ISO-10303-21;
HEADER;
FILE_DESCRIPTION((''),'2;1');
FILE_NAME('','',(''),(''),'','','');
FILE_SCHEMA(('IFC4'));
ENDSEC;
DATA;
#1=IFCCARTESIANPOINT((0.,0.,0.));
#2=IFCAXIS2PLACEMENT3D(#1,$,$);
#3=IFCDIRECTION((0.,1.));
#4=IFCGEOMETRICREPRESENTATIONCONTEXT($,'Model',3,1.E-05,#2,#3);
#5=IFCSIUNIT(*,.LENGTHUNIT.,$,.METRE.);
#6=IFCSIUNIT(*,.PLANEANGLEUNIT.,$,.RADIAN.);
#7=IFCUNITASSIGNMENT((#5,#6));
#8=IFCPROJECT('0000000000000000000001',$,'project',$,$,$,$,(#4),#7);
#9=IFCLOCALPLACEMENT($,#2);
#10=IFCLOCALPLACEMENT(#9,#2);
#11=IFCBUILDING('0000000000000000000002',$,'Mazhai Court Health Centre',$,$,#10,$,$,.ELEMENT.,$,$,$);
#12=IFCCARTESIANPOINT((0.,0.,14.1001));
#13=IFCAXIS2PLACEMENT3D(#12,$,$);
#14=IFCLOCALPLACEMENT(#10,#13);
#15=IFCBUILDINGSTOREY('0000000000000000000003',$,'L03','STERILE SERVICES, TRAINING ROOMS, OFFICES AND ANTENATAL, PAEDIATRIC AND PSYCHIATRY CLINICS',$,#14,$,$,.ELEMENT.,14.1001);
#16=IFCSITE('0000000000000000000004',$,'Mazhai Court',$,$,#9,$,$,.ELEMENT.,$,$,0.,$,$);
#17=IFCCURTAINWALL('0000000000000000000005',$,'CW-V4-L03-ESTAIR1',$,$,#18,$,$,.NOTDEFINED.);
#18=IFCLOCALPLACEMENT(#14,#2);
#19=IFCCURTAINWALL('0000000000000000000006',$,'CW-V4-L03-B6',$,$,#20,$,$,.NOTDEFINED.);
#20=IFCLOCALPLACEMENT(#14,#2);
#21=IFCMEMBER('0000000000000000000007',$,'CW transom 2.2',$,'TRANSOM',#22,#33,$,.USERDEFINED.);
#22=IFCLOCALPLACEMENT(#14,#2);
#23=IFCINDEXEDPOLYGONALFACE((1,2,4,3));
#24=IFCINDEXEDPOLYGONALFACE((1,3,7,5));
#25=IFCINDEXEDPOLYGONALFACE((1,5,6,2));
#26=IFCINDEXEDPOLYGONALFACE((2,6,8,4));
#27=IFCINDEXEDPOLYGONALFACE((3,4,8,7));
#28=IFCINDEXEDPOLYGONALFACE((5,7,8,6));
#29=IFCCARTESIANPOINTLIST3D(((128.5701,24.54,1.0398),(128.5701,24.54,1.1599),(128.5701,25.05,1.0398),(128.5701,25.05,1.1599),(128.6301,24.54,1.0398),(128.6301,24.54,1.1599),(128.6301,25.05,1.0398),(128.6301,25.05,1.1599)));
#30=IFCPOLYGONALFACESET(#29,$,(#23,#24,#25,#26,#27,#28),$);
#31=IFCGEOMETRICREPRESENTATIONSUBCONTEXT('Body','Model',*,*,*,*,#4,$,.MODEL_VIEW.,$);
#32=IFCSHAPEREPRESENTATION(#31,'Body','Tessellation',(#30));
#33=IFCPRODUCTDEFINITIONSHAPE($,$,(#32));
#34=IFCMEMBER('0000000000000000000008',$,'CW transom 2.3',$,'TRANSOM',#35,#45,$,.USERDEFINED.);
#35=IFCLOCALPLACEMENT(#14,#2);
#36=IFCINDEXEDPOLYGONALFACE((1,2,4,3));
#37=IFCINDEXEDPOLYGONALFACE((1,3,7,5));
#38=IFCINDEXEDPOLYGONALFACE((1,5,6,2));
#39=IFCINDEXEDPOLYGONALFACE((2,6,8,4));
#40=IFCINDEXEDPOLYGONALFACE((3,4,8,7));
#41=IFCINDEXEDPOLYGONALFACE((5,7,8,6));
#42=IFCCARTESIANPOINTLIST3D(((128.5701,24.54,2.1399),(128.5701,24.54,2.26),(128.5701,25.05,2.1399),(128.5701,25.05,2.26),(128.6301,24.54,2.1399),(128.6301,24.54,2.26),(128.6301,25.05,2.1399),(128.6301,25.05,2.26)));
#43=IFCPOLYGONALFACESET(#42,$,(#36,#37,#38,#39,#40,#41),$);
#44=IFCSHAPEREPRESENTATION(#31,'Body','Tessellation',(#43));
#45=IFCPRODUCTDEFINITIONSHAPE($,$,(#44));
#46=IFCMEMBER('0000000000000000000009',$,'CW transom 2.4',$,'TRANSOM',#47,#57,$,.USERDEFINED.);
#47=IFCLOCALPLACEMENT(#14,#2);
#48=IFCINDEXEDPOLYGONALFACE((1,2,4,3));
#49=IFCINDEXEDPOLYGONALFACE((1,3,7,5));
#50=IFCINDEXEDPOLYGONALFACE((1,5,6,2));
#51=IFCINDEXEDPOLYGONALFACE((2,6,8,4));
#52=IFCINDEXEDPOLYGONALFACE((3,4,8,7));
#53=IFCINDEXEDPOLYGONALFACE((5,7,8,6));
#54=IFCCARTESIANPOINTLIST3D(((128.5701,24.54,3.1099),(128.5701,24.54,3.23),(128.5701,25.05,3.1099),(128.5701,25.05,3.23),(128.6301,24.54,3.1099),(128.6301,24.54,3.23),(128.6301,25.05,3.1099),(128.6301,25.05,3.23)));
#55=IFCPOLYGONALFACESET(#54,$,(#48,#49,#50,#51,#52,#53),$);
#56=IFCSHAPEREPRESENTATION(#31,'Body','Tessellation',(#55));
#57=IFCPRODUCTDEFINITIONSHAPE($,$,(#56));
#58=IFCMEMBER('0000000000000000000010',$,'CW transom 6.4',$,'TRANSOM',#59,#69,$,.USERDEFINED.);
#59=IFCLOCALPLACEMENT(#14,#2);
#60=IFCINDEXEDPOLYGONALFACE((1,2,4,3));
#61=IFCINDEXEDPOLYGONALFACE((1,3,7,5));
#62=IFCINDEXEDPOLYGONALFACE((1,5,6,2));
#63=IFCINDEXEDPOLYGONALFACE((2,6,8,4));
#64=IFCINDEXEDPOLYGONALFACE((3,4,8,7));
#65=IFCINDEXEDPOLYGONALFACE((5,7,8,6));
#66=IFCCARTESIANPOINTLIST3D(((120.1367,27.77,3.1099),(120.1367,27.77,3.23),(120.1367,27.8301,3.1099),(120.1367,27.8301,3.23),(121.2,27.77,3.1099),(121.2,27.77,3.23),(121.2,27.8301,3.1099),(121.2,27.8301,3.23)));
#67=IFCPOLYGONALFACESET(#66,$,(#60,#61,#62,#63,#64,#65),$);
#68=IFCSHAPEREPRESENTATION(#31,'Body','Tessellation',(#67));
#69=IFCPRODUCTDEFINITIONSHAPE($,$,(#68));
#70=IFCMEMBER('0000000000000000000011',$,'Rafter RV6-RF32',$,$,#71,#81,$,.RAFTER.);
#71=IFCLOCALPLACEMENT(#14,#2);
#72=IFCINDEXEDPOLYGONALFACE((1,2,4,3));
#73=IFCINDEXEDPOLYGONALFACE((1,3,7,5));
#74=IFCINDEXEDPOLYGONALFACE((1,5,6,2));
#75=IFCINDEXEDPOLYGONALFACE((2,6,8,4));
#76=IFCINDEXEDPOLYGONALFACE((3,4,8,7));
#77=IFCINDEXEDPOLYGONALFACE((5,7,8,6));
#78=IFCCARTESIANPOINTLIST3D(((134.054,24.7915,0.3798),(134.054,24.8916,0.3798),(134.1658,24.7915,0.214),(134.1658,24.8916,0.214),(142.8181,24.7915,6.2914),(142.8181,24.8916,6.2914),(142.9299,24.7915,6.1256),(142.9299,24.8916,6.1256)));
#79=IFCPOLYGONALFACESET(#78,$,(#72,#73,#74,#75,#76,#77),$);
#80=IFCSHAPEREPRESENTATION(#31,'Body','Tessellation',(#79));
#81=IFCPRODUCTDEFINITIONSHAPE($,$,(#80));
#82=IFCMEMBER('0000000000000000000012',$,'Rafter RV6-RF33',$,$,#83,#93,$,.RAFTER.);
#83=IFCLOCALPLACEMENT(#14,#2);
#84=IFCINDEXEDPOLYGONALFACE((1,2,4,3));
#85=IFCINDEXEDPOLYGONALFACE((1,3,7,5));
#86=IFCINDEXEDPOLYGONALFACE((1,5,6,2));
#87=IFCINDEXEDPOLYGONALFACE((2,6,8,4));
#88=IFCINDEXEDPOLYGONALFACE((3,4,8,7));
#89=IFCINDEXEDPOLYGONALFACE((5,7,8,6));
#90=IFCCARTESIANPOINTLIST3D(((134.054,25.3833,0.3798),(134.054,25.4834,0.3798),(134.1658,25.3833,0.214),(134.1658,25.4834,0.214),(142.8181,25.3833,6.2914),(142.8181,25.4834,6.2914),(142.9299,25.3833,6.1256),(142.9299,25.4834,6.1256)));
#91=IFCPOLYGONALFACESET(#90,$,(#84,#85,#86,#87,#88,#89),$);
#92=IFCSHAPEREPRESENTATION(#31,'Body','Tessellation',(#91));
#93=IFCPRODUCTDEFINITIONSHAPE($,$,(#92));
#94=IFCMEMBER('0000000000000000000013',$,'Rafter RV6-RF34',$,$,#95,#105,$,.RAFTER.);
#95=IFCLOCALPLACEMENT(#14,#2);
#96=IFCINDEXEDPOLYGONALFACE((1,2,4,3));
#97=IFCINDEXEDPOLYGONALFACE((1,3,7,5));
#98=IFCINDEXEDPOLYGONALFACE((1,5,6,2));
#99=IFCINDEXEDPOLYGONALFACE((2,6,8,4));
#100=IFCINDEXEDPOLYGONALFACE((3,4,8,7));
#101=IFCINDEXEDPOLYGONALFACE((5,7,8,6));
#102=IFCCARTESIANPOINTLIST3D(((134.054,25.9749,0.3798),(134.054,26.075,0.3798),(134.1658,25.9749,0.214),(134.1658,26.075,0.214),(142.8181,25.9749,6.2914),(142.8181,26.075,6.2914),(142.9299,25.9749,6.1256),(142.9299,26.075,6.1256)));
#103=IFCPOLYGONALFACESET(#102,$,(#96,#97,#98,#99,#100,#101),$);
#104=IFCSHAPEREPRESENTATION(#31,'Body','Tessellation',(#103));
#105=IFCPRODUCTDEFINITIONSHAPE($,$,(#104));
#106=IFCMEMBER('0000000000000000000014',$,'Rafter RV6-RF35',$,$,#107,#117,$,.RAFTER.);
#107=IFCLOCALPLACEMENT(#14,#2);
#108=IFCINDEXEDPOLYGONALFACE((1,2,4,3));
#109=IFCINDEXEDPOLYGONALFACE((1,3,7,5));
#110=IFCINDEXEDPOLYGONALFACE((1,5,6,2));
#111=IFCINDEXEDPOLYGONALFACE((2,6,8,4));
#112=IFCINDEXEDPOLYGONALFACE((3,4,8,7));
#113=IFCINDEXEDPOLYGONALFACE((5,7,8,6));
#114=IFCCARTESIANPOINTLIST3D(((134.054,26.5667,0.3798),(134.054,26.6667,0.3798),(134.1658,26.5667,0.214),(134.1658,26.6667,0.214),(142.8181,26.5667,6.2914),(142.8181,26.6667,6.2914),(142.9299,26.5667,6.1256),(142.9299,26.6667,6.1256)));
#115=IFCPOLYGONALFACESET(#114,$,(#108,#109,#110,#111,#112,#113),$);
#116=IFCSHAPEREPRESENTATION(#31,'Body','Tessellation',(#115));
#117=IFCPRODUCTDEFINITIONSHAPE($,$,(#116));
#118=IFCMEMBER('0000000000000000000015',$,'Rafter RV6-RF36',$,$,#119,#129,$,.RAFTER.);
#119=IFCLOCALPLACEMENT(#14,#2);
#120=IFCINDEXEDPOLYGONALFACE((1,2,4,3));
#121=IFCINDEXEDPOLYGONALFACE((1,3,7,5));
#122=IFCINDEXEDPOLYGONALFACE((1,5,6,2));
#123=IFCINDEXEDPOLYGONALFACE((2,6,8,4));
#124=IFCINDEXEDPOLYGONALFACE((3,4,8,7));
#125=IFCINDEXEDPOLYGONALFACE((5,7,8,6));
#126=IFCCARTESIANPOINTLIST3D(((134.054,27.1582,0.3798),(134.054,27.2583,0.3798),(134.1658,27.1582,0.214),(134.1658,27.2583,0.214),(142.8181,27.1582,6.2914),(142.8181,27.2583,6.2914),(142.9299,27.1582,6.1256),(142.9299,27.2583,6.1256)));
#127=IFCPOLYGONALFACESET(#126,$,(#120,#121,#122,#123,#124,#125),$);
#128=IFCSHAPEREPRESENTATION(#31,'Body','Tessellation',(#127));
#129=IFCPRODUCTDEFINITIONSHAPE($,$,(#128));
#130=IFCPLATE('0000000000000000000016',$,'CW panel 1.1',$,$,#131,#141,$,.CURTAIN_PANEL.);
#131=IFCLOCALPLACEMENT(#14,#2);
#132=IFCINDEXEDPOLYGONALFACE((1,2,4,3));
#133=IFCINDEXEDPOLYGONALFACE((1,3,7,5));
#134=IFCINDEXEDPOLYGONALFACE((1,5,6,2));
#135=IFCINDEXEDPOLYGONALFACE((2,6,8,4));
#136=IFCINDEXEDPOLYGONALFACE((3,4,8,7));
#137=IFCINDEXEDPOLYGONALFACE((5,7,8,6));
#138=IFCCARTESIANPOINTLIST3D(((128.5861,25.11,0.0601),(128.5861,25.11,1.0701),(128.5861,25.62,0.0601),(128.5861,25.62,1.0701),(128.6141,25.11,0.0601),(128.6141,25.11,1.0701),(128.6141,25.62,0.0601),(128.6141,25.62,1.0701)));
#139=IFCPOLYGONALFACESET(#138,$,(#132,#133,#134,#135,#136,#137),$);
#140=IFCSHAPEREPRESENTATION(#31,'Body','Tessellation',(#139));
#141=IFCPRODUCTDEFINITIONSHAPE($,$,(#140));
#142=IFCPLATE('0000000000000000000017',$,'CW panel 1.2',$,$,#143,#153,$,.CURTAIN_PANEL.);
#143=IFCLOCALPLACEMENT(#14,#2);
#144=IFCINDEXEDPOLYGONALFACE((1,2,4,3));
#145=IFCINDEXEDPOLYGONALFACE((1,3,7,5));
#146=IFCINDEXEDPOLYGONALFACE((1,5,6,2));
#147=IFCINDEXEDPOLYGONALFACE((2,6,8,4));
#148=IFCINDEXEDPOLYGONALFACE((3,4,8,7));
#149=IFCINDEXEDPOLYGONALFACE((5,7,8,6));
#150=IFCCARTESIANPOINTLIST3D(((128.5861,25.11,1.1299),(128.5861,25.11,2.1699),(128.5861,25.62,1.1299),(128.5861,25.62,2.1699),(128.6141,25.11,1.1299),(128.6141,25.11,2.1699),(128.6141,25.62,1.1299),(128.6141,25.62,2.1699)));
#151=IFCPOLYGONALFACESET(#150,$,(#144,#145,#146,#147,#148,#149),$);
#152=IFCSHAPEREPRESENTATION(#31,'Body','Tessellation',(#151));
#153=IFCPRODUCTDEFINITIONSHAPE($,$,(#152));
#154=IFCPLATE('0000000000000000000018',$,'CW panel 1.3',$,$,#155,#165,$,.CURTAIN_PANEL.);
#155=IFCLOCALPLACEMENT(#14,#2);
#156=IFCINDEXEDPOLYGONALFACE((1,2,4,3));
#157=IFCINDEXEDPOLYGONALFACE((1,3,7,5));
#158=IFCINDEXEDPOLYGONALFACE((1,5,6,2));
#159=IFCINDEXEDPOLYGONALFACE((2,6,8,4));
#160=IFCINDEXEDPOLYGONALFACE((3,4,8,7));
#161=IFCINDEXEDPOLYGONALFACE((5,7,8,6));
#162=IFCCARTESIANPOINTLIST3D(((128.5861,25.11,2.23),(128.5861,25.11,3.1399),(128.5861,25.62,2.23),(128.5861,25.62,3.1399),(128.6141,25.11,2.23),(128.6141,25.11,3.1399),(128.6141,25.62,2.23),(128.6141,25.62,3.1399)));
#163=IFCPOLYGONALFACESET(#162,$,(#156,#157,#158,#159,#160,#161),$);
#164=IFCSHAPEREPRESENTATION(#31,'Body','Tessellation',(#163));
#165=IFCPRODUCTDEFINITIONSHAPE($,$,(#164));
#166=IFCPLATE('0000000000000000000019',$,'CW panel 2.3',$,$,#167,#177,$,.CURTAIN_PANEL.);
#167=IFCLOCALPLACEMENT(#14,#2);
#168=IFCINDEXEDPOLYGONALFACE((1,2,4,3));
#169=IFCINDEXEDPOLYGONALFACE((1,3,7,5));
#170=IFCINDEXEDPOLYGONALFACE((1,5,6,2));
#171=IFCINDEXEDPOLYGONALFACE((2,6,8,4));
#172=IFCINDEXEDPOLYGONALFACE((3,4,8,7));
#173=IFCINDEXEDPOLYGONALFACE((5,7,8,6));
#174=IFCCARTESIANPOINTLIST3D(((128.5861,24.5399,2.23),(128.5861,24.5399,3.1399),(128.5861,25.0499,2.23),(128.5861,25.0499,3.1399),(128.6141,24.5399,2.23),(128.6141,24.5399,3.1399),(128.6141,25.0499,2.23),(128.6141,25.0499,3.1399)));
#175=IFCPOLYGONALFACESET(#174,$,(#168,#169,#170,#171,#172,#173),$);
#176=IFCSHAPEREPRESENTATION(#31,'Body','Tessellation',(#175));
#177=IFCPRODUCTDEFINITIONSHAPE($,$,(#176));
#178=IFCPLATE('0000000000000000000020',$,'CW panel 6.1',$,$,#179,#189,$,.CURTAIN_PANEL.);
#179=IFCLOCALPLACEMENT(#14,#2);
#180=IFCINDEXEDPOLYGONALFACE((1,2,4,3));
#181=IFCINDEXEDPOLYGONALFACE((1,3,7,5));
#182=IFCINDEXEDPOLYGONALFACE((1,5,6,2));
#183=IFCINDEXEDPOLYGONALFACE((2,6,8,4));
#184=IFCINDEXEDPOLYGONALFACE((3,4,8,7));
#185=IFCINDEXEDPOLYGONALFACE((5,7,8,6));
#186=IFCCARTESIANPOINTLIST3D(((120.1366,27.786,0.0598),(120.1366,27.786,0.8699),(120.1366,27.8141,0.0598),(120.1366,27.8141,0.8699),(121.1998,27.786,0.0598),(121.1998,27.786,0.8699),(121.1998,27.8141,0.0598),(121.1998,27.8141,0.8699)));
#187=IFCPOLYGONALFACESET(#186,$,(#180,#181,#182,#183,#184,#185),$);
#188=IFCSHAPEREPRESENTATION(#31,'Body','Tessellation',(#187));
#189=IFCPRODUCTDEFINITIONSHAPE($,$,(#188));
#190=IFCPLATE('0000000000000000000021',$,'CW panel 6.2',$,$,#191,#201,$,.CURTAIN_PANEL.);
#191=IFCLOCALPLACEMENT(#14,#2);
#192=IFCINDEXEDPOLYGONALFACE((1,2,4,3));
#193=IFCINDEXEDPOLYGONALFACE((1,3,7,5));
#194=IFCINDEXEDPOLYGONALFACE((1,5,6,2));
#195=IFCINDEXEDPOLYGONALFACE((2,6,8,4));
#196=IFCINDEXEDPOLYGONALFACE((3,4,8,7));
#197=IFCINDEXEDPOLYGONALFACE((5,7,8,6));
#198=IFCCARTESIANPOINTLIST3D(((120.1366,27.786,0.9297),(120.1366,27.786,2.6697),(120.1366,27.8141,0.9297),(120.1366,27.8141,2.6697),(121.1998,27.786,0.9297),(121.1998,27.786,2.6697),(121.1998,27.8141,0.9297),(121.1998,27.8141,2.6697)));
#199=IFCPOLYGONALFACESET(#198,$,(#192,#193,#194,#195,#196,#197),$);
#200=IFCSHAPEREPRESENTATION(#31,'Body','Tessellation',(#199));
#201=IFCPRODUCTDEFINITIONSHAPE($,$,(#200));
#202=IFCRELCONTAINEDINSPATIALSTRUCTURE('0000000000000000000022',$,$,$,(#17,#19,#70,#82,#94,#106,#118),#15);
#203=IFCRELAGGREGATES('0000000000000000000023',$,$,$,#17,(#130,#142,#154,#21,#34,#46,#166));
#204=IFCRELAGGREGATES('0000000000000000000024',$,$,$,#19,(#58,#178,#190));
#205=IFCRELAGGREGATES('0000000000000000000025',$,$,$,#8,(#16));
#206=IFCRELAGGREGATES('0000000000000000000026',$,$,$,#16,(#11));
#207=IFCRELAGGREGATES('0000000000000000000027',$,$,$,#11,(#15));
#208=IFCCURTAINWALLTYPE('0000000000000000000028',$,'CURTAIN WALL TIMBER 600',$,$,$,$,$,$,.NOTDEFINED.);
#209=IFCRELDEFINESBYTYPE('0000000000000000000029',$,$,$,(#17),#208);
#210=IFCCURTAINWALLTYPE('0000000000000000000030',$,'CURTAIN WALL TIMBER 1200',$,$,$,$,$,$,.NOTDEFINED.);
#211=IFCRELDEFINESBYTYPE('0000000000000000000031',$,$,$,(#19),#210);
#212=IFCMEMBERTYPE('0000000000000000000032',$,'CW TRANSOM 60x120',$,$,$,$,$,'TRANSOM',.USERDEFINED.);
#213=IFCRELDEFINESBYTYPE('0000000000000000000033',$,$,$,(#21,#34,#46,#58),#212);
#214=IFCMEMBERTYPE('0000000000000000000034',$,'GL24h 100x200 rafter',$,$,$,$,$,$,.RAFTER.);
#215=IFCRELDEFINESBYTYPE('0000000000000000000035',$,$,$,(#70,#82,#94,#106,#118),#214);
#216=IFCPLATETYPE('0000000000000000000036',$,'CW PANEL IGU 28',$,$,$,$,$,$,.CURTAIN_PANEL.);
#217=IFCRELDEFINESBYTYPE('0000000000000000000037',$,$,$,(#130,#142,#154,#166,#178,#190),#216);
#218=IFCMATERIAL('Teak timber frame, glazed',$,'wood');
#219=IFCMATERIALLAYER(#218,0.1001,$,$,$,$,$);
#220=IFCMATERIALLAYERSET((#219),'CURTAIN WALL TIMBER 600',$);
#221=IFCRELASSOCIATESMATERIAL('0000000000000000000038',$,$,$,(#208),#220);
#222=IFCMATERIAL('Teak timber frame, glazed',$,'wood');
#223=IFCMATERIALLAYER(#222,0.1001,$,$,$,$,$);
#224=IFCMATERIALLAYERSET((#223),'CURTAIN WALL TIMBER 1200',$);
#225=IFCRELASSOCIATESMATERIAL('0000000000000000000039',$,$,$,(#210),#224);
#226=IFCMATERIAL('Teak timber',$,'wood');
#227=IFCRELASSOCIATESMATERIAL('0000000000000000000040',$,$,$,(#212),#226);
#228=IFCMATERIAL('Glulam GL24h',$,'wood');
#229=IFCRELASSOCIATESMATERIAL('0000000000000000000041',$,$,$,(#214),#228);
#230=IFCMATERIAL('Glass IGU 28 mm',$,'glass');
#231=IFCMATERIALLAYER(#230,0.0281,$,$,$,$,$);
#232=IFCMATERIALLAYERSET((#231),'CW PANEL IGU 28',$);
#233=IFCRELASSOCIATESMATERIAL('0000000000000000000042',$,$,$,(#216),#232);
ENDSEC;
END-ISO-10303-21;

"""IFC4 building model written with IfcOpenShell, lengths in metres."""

from ifc_helpers import new_model, si_unit, direction, frame, origin, origin_2d, place, context, subcontext, project, spatial, rectangle, extrude, material, layer, layer_set, material_profile, profile_set, type_object, element, aggregate, save


model = new_model("IFC4")

# Units and contexts
model_context = context("Model", 3, precision=1e-05, world=origin(), true_north=direction((0.0, 1.0)))
body_context = subcontext(model_context, "Body", "Model", "MODEL_VIEW")
ifc_project = project(units=[si_unit("LENGTHUNIT", "METRE"), si_unit("PLANEANGLEUNIT", "RADIAN")], contexts=[model_context])

# Site, building, storey
site_placement = place(None, origin())
site = spatial("IfcSite", under=ifc_project, at=site_placement, Name="Mazhai Court", CompositionType="ELEMENT", RefElevation=0.0)
building_placement = place(site_placement, origin())
building = spatial("IfcBuilding", under=site, at=building_placement, Name="Mazhai Court Health Centre", CompositionType="ELEMENT")
storey_placement = place(building_placement, frame((0.0, 0.0, 14.1001)))
storey = spatial("IfcBuildingStorey", under=building, at=storey_placement, Name="L03", Description="STERILE SERVICES, TRAINING ROOMS, OFFICES AND ANTENATAL, PAEDIATRIC AND PSYCHIATRY CLINICS", CompositionType="ELEMENT", Elevation=14.1001)

# Curtain wall
ifc_material_1 = material(Name="Teak timber frame, glazed", Category="wood")
ifc_layer_1 = layer(ifc_material_1, 0.1001)
ifc_layer_set_1 = layer_set([ifc_layer_1], Name="CURTAIN WALL TIMBER 600")
curtain_wall_type_1 = type_object("IfcCurtainWallType", Name="CURTAIN WALL TIMBER 600", PredefinedType="NOTDEFINED", material=ifc_layer_set_1)
curtain_wall_1_placement = place(storey_placement, origin())
curtain_wall_1 = element("IfcCurtainWall", 1, at=curtain_wall_1_placement, inside=storey, type_object=curtain_wall_type_1, Name="CW-V4-L03-ESTAIR1", PredefinedType="NOTDEFINED")

# Curtain wall
ifc_material_2 = material(Name="Teak timber frame, glazed", Category="wood")
ifc_layer_2 = layer(ifc_material_2, 0.1001)
ifc_layer_set_2 = layer_set([ifc_layer_2], Name="CURTAIN WALL TIMBER 1200")
curtain_wall_type_2 = type_object("IfcCurtainWallType", Name="CURTAIN WALL TIMBER 1200", PredefinedType="NOTDEFINED", material=ifc_layer_set_2)
curtain_wall_2_placement = place(storey_placement, origin())
curtain_wall_2 = element("IfcCurtainWall", 2, at=curtain_wall_2_placement, inside=storey, type_object=curtain_wall_type_2, Name="CW-V4-L03-B6", PredefinedType="NOTDEFINED")

# Members
ifc_material_3 = material(Name="Teak timber", Category="wood")
ifc_material_profile_1 = material_profile(ifc_material_3, rectangle(XDim=0.0601, YDim=0.1201, at=origin_2d()), Name="CW TRANSOM 60x120")
ifc_profile_set_1 = profile_set([ifc_material_profile_1], Name="Teak timber")
member_type_1 = type_object("IfcMemberType", Name="CW TRANSOM 60x120", ElementType="TRANSOM", PredefinedType="USERDEFINED", material=ifc_profile_set_1)
member_1_placement = place(storey_placement, frame((128.6001, 25.05, 1.0999), z_axis=(0.0, -1.0, 0.0), x_axis=(1.0, 0.0, 0.0)))
member_1 = element("IfcMember", 3, at=member_1_placement, type_object=member_type_1, Name="CW transom 2.2", ObjectType="TRANSOM", PredefinedType="USERDEFINED", context=body_context, shape_type="SweptSolid", body=[
    extrude(rectangle(XDim=0.0601, YDim=0.1201, at=origin_2d()), origin(), (0.0, 0.0, 1.0), 0.51),
])
member_2_placement = place(storey_placement, frame((128.6001, 25.05, 2.2), z_axis=(0.0, -1.0, 0.0), x_axis=(1.0, 0.0, 0.0)))
member_2 = element("IfcMember", 4, at=member_2_placement, type_object=member_type_1, Name="CW transom 2.3", ObjectType="TRANSOM", PredefinedType="USERDEFINED", context=body_context, shape_type="SweptSolid", body=[
    extrude(rectangle(XDim=0.0601, YDim=0.1201, at=origin_2d()), origin(), (0.0, 0.0, 1.0), 0.51),
])
member_3_placement = place(storey_placement, frame((128.6001, 25.05, 3.1699), z_axis=(0.0, -1.0, 0.0), x_axis=(1.0, 0.0, 0.0)))
member_3 = element("IfcMember", 5, at=member_3_placement, type_object=member_type_1, Name="CW transom 2.4", ObjectType="TRANSOM", PredefinedType="USERDEFINED", context=body_context, shape_type="SweptSolid", body=[
    extrude(rectangle(XDim=0.0601, YDim=0.1201, at=origin_2d()), origin(), (0.0, 0.0, 1.0), 0.51),
])
member_4_placement = place(storey_placement, frame((120.1367, 27.8, 3.1699), z_axis=(1.0, 0.0, 0.0), x_axis=(0.0, 1.0, 0.0)))
member_4 = element("IfcMember", 6, at=member_4_placement, type_object=member_type_1, Name="CW transom 6.4", ObjectType="TRANSOM", PredefinedType="USERDEFINED", context=body_context, shape_type="SweptSolid", body=[
    extrude(rectangle(XDim=0.0601, YDim=0.1201, at=origin_2d()), origin(), (0.0, 0.0, 1.0), 1.0632),
])

# Members
ifc_material_4 = material(Name="Glulam GL24h", Category="wood")
ifc_material_profile_2 = material_profile(ifc_material_4, rectangle(XDim=0.1001, YDim=0.2, at=origin_2d()), Name="GL24h 100x200")
ifc_profile_set_2 = profile_set([ifc_material_profile_2], Name="Glulam GL24h")
member_type_2 = type_object("IfcMemberType", Name="GL24h 100x200 rafter", PredefinedType="RAFTER", material=ifc_profile_set_2)
for number, where, z_axis, x_axis, name in (
    (7, (134.1099, 24.8416, 0.2969), (0.829032, 0.0, 0.559201), (0.0, 1.0, 0.0), "Rafter RV6-RF32"),
    (8, (134.1099, 25.4333, 0.2969), (0.829032, 0.0, 0.559201), (0.0, 1.0, 0.0), "Rafter RV6-RF33"),
    (9, (134.1099, 26.0249, 0.2969), (0.829032, 0.0, 0.559201), (0.0, 1.0, 0.0), "Rafter RV6-RF34"),
    (10, (134.1099, 26.6167, 0.2969), (0.829032, 0.0, 0.559201), (0.0, 1.0, 0.0), "Rafter RV6-RF35"),
    (11, (134.1099, 27.2083, 0.2969), (0.829032, 0.0, 0.559201), (0.0, 1.0, 0.0), "Rafter RV6-RF36"),
):
    element("IfcMember", number, at=place(storey_placement, frame(where, z_axis=z_axis, x_axis=x_axis)), inside=storey, type_object=member_type_2, Name=name, PredefinedType="RAFTER", context=body_context, shape_type="SweptSolid", body=[
        extrude(rectangle(XDim=0.1001, YDim=0.2, at=origin_2d()), origin(), (0.0, 0.0, 1.0), 10.5715),
    ])

# Plates
ifc_material_5 = material(Name="Glass IGU 28 mm", Category="glass")
ifc_layer_3 = layer(ifc_material_5, 0.0281)
ifc_layer_set_3 = layer_set([ifc_layer_3], Name="CW PANEL IGU 28")
plate_type = type_object("IfcPlateType", Name="CW PANEL IGU 28", PredefinedType="CURTAIN_PANEL", material=ifc_layer_set_3)
plate_1_placement = place(storey_placement, frame((128.6001, 25.365, 0.0601), z_axis=(0.0, 0.0, 1.0), x_axis=(0.0, -1.0, 0.0)))
plate_1 = element("IfcPlate", 12, at=plate_1_placement, type_object=plate_type, Name="CW panel 1.1", PredefinedType="CURTAIN_PANEL", context=body_context, shape_type="SweptSolid", body=[
    extrude(rectangle(XDim=0.51, YDim=0.0281, at=origin_2d()), origin(), (0.0, 0.0, 1.0), 1.01),
])
plate_2_placement = place(storey_placement, frame((128.6001, 25.365, 1.1299), z_axis=(0.0, 0.0, 1.0), x_axis=(0.0, -1.0, 0.0)))
plate_2 = element("IfcPlate", 13, at=plate_2_placement, type_object=plate_type, Name="CW panel 1.2", PredefinedType="CURTAIN_PANEL", context=body_context, shape_type="SweptSolid", body=[
    extrude(rectangle(XDim=0.51, YDim=0.0281, at=origin_2d()), origin(), (0.0, 0.0, 1.0), 1.04),
])
plate_3_placement = place(storey_placement, frame((128.6001, 25.365, 2.23), z_axis=(0.0, 0.0, 1.0), x_axis=(0.0, -1.0, 0.0)))
plate_3 = element("IfcPlate", 14, at=plate_3_placement, type_object=plate_type, Name="CW panel 1.3", PredefinedType="CURTAIN_PANEL", context=body_context, shape_type="SweptSolid", body=[
    extrude(rectangle(XDim=0.51, YDim=0.0281, at=origin_2d()), origin(), (0.0, 0.0, 1.0), 0.9099),
])
plate_4_placement = place(storey_placement, frame((128.6001, 24.7949, 2.23), z_axis=(0.0, 0.0, 1.0), x_axis=(0.0, -1.0, 0.0)))
plate_4 = element("IfcPlate", 15, at=plate_4_placement, type_object=plate_type, Name="CW panel 2.3", PredefinedType="CURTAIN_PANEL", context=body_context, shape_type="SweptSolid", body=[
    extrude(rectangle(XDim=0.51, YDim=0.0281, at=origin_2d()), origin(), (0.0, 0.0, 1.0), 0.9099),
])
aggregate(curtain_wall_1, [plate_1, plate_2, plate_3, member_1, member_2, member_3, plate_4])
plate_5_placement = place(storey_placement, frame((120.6682, 27.8, 0.0598), z_axis=(0.0, 0.0, 1.0), x_axis=(1.0, 0.0, 0.0)))
plate_5 = element("IfcPlate", 16, at=plate_5_placement, type_object=plate_type, Name="CW panel 6.1", PredefinedType="CURTAIN_PANEL", context=body_context, shape_type="SweptSolid", body=[
    extrude(rectangle(XDim=1.0632, YDim=0.0281, at=origin_2d()), origin(), (0.0, 0.0, 1.0), 0.8101),
])
plate_6_placement = place(storey_placement, frame((120.6682, 27.8, 0.9297), z_axis=(0.0, 0.0, 1.0), x_axis=(1.0, 0.0, 0.0)))
plate_6 = element("IfcPlate", 17, at=plate_6_placement, type_object=plate_type, Name="CW panel 6.2", PredefinedType="CURTAIN_PANEL", context=body_context, shape_type="SweptSolid", body=[
    extrude(rectangle(XDim=1.0632, YDim=0.0281, at=origin_2d()), origin(), (0.0, 0.0, 1.0), 1.74),
])
aggregate(curtain_wall_2, [member_4, plate_5, plate_6])

save(model, "model.ifc")
